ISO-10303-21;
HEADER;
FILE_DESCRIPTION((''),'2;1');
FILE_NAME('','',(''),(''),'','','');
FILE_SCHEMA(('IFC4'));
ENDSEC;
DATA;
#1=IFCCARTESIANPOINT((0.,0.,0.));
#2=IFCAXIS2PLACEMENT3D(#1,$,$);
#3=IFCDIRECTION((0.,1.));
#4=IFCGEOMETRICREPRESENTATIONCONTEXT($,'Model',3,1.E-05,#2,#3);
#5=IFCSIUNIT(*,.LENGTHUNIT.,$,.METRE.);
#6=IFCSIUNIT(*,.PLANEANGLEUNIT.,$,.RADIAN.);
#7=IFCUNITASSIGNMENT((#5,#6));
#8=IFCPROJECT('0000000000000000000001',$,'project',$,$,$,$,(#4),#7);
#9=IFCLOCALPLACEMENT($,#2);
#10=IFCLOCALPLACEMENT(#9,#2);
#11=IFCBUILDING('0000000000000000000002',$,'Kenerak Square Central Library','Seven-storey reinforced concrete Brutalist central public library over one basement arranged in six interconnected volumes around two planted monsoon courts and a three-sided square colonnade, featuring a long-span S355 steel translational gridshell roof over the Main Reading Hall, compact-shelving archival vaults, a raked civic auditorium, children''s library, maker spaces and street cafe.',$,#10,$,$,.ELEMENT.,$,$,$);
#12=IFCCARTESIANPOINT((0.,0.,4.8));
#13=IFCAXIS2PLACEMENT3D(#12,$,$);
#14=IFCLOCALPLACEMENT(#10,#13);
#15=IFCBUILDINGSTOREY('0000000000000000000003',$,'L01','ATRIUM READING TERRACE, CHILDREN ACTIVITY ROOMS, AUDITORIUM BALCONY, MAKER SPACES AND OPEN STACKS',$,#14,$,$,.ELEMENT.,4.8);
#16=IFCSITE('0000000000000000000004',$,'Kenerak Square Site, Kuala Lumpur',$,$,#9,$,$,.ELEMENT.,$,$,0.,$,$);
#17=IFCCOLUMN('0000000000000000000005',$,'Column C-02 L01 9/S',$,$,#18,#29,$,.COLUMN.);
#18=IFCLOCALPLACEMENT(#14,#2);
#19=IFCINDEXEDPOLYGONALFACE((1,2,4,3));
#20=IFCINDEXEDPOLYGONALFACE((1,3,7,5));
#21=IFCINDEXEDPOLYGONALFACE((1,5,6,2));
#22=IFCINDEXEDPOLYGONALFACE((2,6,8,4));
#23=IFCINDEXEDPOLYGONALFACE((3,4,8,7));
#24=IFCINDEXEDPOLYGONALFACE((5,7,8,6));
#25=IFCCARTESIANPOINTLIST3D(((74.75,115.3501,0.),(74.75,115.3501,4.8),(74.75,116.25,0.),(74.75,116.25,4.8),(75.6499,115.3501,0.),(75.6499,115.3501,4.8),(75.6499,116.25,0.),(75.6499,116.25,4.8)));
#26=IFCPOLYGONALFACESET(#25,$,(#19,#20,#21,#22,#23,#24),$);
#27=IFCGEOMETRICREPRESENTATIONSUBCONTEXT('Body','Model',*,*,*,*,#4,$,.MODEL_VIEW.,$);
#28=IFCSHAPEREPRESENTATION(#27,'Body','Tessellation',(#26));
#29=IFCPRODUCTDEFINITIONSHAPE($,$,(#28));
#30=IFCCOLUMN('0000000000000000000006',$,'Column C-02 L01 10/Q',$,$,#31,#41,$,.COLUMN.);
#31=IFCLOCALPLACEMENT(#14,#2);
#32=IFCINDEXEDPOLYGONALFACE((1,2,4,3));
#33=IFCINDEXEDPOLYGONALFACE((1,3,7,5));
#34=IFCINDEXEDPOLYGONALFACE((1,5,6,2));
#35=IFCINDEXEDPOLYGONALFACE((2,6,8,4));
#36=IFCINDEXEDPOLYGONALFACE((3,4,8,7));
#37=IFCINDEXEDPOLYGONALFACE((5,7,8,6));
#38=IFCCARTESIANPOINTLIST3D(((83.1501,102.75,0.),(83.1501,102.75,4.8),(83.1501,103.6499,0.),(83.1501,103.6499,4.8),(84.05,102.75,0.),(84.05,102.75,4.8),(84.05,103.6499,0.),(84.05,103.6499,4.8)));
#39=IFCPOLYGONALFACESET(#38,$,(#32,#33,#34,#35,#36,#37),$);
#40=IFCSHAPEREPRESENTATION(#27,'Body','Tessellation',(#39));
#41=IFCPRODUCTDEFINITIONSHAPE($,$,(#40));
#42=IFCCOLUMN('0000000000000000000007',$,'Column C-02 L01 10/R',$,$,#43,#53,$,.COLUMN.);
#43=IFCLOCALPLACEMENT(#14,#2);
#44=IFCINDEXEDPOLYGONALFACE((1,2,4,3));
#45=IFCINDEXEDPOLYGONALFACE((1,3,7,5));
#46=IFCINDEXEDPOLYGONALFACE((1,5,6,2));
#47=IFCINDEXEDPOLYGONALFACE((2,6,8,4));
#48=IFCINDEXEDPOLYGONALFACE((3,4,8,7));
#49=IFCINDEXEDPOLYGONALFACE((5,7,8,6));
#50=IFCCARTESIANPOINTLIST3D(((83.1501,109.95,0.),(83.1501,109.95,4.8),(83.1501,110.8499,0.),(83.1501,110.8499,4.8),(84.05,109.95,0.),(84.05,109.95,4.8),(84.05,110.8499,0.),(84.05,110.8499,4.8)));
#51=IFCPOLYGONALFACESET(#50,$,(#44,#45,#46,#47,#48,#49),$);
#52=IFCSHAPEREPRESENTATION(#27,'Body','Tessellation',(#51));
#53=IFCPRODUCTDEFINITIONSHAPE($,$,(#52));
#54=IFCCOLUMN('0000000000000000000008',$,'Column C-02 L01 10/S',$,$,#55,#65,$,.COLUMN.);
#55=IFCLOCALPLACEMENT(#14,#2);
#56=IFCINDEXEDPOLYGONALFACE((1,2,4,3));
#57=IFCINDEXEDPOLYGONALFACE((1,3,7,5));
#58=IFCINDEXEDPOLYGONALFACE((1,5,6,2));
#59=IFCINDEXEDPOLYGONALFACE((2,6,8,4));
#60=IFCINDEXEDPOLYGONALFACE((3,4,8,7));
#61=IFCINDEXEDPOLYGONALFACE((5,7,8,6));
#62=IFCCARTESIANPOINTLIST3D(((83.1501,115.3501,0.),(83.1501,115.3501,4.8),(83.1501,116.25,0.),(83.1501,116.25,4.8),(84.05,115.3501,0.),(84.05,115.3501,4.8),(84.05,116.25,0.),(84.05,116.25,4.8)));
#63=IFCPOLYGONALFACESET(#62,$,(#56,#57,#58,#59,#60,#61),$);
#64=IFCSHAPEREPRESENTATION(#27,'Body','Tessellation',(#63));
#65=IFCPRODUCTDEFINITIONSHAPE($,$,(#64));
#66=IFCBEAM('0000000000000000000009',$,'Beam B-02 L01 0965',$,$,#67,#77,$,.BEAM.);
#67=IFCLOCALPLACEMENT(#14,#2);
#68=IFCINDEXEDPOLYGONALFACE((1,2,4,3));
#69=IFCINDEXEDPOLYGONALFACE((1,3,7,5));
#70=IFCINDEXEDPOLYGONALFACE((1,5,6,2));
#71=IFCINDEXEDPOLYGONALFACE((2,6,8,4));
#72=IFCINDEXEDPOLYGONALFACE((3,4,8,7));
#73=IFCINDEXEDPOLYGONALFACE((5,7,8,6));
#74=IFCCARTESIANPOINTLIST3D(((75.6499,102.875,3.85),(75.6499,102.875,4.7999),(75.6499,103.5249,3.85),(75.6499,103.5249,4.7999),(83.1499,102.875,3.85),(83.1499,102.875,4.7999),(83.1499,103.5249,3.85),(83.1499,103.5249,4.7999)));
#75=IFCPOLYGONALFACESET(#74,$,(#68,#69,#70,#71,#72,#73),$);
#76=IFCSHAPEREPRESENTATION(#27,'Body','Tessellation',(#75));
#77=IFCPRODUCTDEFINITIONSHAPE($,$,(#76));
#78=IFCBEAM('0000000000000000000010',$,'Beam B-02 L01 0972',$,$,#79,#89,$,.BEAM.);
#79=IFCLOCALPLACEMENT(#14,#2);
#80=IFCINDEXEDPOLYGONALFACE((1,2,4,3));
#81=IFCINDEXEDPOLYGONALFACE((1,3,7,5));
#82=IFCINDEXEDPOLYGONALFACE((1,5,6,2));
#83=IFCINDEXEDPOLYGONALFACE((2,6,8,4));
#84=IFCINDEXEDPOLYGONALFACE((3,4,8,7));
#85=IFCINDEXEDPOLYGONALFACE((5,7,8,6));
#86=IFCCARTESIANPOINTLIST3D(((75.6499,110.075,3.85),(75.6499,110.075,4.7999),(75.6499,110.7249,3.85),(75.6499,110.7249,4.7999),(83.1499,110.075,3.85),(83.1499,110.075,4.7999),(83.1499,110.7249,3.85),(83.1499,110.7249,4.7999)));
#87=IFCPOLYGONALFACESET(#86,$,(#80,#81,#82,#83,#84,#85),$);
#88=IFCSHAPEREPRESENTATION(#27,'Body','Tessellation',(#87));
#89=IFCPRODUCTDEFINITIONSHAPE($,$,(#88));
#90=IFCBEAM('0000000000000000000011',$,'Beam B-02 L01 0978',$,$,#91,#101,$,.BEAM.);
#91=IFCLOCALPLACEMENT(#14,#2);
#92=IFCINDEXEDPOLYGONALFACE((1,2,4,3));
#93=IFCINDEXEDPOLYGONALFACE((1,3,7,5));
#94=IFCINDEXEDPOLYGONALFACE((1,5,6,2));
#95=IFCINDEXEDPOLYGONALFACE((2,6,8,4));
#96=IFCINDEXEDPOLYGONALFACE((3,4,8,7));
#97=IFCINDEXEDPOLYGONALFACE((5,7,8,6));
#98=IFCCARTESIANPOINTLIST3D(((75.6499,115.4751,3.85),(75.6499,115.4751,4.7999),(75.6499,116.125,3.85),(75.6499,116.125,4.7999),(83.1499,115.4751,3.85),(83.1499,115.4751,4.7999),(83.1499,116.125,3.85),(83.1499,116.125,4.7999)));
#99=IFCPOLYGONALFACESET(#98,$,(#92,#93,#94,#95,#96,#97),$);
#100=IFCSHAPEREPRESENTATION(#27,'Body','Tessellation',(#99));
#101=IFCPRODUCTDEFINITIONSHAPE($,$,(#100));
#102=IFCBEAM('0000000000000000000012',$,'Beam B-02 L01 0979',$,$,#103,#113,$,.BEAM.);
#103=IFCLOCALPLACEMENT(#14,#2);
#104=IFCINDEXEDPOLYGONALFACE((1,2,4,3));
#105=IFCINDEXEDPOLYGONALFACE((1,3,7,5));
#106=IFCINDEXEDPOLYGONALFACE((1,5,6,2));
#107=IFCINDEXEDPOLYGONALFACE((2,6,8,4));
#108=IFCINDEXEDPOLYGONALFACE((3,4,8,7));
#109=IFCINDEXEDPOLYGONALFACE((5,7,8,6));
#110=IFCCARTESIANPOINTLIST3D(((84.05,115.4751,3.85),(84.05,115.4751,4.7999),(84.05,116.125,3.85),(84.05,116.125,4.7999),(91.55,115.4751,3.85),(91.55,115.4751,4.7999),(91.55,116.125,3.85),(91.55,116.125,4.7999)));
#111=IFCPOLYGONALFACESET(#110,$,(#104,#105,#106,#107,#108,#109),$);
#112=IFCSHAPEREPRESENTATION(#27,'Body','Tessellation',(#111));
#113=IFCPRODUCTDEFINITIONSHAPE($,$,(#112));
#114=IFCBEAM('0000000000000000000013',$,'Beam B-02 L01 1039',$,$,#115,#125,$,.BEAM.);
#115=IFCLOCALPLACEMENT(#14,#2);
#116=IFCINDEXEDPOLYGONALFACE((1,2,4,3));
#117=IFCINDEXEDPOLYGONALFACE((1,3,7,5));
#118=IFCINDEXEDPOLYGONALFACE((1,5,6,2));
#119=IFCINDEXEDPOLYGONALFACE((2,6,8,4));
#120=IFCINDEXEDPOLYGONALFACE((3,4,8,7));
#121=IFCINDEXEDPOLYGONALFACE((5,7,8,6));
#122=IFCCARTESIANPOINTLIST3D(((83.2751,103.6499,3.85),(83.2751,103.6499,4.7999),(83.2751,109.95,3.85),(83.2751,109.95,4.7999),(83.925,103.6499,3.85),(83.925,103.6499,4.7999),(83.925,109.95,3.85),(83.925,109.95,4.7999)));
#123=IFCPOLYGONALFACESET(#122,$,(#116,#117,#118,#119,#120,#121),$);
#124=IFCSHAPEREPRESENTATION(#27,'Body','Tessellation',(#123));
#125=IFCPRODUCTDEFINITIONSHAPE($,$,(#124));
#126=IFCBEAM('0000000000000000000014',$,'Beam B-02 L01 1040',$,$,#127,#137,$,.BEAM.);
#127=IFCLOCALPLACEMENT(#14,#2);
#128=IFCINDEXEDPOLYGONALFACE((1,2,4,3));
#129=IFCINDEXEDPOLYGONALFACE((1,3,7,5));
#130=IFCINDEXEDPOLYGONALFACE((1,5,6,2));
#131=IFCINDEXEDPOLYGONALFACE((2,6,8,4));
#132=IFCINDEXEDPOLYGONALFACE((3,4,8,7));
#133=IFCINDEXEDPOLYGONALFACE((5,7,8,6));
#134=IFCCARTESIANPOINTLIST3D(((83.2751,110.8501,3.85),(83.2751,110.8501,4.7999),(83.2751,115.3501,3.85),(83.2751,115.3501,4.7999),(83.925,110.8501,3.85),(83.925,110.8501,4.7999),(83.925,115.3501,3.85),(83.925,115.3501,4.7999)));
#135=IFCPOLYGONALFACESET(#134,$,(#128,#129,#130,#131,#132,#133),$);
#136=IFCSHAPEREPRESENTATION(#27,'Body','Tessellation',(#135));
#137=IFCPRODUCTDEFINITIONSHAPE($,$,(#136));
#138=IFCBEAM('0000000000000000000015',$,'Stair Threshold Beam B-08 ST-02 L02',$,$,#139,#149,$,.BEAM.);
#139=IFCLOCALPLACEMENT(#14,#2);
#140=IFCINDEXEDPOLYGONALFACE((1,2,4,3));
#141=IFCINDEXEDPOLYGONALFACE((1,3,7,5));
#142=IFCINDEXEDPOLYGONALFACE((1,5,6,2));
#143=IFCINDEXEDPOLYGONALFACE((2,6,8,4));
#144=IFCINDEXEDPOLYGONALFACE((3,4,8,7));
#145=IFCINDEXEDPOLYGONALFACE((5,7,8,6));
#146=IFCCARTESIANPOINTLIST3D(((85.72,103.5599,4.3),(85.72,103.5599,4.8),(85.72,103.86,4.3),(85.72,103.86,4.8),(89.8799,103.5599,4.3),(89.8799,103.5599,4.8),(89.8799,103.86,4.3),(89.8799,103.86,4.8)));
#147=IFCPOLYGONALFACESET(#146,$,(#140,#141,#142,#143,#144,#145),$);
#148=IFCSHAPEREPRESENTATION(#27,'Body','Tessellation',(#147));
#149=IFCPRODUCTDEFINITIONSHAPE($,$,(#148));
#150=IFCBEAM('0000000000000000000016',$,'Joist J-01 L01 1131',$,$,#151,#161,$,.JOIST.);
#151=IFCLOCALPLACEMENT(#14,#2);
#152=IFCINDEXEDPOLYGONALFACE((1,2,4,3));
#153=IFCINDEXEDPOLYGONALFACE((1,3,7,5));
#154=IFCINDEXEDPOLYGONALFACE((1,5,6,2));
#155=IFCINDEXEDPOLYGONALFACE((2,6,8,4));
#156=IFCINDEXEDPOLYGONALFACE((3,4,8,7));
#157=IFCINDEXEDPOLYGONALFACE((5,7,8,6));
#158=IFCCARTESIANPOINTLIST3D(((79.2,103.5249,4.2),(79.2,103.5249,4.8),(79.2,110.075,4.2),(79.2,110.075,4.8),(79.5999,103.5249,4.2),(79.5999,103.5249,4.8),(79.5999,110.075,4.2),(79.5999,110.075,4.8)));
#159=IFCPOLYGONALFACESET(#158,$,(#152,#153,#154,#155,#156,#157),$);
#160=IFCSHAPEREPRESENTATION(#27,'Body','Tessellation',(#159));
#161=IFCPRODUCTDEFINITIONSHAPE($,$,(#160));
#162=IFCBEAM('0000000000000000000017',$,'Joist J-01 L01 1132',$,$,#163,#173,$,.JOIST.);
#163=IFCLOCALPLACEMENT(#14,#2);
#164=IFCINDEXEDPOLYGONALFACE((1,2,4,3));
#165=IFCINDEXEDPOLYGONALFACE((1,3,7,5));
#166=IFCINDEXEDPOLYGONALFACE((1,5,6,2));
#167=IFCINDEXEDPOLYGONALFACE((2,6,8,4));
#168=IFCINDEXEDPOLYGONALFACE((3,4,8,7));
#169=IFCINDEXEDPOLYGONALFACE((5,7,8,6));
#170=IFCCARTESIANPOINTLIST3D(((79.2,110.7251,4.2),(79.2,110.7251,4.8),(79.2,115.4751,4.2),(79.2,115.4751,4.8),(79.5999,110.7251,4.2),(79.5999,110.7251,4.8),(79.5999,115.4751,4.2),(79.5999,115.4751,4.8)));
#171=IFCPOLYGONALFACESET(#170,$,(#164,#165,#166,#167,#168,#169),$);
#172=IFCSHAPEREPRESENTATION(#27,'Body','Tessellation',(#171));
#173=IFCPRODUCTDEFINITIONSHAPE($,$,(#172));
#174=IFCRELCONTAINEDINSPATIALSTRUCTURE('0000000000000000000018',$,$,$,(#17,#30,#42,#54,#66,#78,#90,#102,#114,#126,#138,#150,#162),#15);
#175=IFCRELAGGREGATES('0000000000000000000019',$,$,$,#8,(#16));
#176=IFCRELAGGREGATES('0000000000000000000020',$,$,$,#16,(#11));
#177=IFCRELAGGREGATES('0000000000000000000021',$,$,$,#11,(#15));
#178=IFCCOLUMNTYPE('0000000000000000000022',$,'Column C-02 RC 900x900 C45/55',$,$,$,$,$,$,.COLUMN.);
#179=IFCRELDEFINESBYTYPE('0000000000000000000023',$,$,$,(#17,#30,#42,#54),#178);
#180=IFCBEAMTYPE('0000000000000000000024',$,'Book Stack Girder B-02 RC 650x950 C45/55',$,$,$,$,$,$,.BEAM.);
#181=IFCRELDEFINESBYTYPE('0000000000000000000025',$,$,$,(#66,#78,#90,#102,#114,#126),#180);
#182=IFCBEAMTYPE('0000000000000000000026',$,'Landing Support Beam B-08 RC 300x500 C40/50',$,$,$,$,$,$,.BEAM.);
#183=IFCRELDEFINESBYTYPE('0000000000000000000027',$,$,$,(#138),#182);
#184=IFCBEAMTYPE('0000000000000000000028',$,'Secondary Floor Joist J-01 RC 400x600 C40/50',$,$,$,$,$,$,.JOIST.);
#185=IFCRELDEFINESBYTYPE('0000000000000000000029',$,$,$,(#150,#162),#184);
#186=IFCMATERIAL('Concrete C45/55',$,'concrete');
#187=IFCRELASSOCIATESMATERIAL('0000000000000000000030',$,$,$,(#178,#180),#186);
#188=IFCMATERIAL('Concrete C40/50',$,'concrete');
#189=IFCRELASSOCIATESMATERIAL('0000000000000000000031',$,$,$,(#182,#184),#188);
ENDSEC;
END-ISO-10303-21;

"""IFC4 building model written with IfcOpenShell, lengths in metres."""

from ifc_helpers import new_model, si_unit, direction, frame, origin, origin_2d, place, context, subcontext, project, spatial, rectangle, extrude, material, material_profile, profile_set, type_object, element, save


model = new_model("IFC4")

# Units and contexts
model_context = context("Model", 3, precision=1e-05, world=origin(), true_north=direction((0.0, 1.0)))
body_context = subcontext(model_context, "Body", "Model", "MODEL_VIEW")
ifc_project = project(units=[si_unit("LENGTHUNIT", "METRE"), si_unit("PLANEANGLEUNIT", "RADIAN")], contexts=[model_context])

# Site, building, storey
site_placement = place(None, origin())
site = spatial("IfcSite", under=ifc_project, at=site_placement, Name="Kenerak Square Site, Kuala Lumpur", CompositionType="ELEMENT", RefElevation=0.0)
building_placement = place(site_placement, origin())
building = spatial("IfcBuilding", under=site, at=building_placement, Name="Kenerak Square Central Library", Description="Seven-storey reinforced concrete Brutalist central public library over one basement arranged in six interconnected volumes around two planted monsoon courts and a three-sided square colonnade, featuring a long-span S355 steel translational gridshell roof over the Main Reading Hall, compact-shelving archival vaults, a raked civic auditorium, children's library, maker spaces and street cafe.", CompositionType="ELEMENT")
storey_placement = place(building_placement, frame((0.0, 0.0, 4.8)))
storey = spatial("IfcBuildingStorey", under=building, at=storey_placement, Name="L01", Description="ATRIUM READING TERRACE, CHILDREN ACTIVITY ROOMS, AUDITORIUM BALCONY, MAKER SPACES AND OPEN STACKS", CompositionType="ELEMENT", Elevation=4.8)

# Columns
ifc_material_1 = material(Name="Concrete C45/55", Category="concrete")
ifc_material_profile_1 = material_profile(ifc_material_1, rectangle(XDim=0.8999, YDim=0.8999, at=origin_2d()), Name="RC 900x900")
ifc_profile_set_1 = profile_set([ifc_material_profile_1], Name="Concrete C45/55")
column_type = type_object("IfcColumnType", Name="Column C-02 RC 900x900 C45/55", PredefinedType="COLUMN", material=ifc_profile_set_1)
for number, where, z_axis, x_axis, name in (
    (1, (75.2, 115.8, 0.0), (0.0, 0.0, 1.0), (1.0, 0.0, 0.0), "Column C-02 L01 9/S"),
    (2, (83.6001, 103.2, 0.0), (0.0, 0.0, 1.0), (1.0, 0.0, 0.0), "Column C-02 L01 10/Q"),
    (3, (83.6001, 110.3999, 0.0), (0.0, 0.0, 1.0), (1.0, 0.0, 0.0), "Column C-02 L01 10/R"),
    (4, (83.6001, 115.8, 0.0), (0.0, 0.0, 1.0), (1.0, 0.0, 0.0), "Column C-02 L01 10/S"),
):
    element("IfcColumn", number, at=place(storey_placement, frame(where, z_axis=z_axis, x_axis=x_axis)), inside=storey, type_object=column_type, Name=name, PredefinedType="COLUMN", context=body_context, shape_type="SweptSolid", body=[
        extrude(rectangle(XDim=0.8999, YDim=0.8999, at=origin_2d()), origin(), (0.0, 0.0, 1.0), 4.8),
    ])

# Beams
ifc_material_profile_2 = material_profile(ifc_material_1, rectangle(XDim=0.6499, YDim=0.95, at=origin_2d()), Name="RC 650x950")
ifc_profile_set_2 = profile_set([ifc_material_profile_2], Name="Concrete C45/55")
beam_type_1 = type_object("IfcBeamType", Name="Book Stack Girder B-02 RC 650x950 C45/55", PredefinedType="BEAM", material=ifc_profile_set_2)
for number, where, z_axis, x_axis, name in (
    (5, (75.6499, 103.2, 4.325), (1.0, 0.0, 0.0), (0.0, 1.0, 0.0), "Beam B-02 L01 0965"),
    (6, (75.6499, 110.3999, 4.325), (1.0, 0.0, 0.0), (0.0, 1.0, 0.0), "Beam B-02 L01 0972"),
    (7, (75.6499, 115.8, 4.325), (1.0, 0.0, 0.0), (0.0, 1.0, 0.0), "Beam B-02 L01 0978"),
    (8, (84.05, 115.8, 4.325), (1.0, 0.0, 0.0), (0.0, 1.0, 0.0), "Beam B-02 L01 0979"),
):
    element("IfcBeam", number, at=place(storey_placement, frame(where, z_axis=z_axis, x_axis=x_axis)), inside=storey, type_object=beam_type_1, Name=name, PredefinedType="BEAM", context=body_context, shape_type="SweptSolid", body=[
        extrude(rectangle(XDim=0.6499, YDim=0.95, at=origin_2d()), origin(), (0.0, 0.0, 1.0), 7.5),
    ])
beam_1_placement = place(storey_placement, frame((83.6001, 103.6499, 4.325), z_axis=(0.0, 1.0, 0.0), x_axis=(-1.0, 0.0, 0.0)))
element("IfcBeam", 9, at=beam_1_placement, inside=storey, type_object=beam_type_1, Name="Beam B-02 L01 1039", PredefinedType="BEAM", context=body_context, shape_type="SweptSolid", body=[
    extrude(rectangle(XDim=0.6499, YDim=0.95, at=origin_2d()), origin(), (0.0, 0.0, 1.0), 6.3),
])
beam_2_placement = place(storey_placement, frame((83.6001, 110.8501, 4.325), z_axis=(0.0, 1.0, 0.0), x_axis=(-1.0, 0.0, 0.0)))
element("IfcBeam", 10, at=beam_2_placement, inside=storey, type_object=beam_type_1, Name="Beam B-02 L01 1040", PredefinedType="BEAM", context=body_context, shape_type="SweptSolid", body=[
    extrude(rectangle(XDim=0.6499, YDim=0.95, at=origin_2d()), origin(), (0.0, 0.0, 1.0), 4.5),
])
ifc_material_2 = material(Name="Concrete C40/50", Category="concrete")
ifc_material_profile_3 = material_profile(ifc_material_2, rectangle(XDim=0.3, YDim=0.5, at=origin_2d()), Name="RC 300x500")
ifc_profile_set_3 = profile_set([ifc_material_profile_3], Name="Concrete C40/50")
beam_type_2 = type_object("IfcBeamType", Name="Landing Support Beam B-08 RC 300x500 C40/50", PredefinedType="BEAM", material=ifc_profile_set_3)
beam_3_placement = place(storey_placement, frame((85.72, 103.71, 4.55), z_axis=(1.0, 0.0, 0.0), x_axis=(0.0, 1.0, 0.0)))
element("IfcBeam", 11, at=beam_3_placement, inside=storey, type_object=beam_type_2, Name="Stair Threshold Beam B-08 ST-02 L02", PredefinedType="BEAM", context=body_context, shape_type="SweptSolid", body=[
    extrude(rectangle(XDim=0.3, YDim=0.5, at=origin_2d()), origin(), (0.0, 0.0, 1.0), 4.1599),
])
ifc_material_profile_4 = material_profile(ifc_material_2, rectangle(XDim=0.3999, YDim=0.6001, at=origin_2d()), Name="RC 400x600")
ifc_profile_set_4 = profile_set([ifc_material_profile_4], Name="Concrete C40/50")
beam_type_3 = type_object("IfcBeamType", Name="Secondary Floor Joist J-01 RC 400x600 C40/50", PredefinedType="JOIST", material=ifc_profile_set_4)
beam_4_placement = place(storey_placement, frame((79.3999, 103.5249, 4.5), z_axis=(0.0, 1.0, 0.0), x_axis=(-1.0, 0.0, 0.0)))
element("IfcBeam", 12, at=beam_4_placement, inside=storey, type_object=beam_type_3, Name="Joist J-01 L01 1131", PredefinedType="JOIST", context=body_context, shape_type="SweptSolid", body=[
    extrude(rectangle(XDim=0.3999, YDim=0.6001, at=origin_2d()), origin(), (0.0, 0.0, 1.0), 6.55),
])
beam_5_placement = place(storey_placement, frame((79.3999, 110.7251, 4.5), z_axis=(0.0, 1.0, 0.0), x_axis=(-1.0, 0.0, 0.0)))
element("IfcBeam", 13, at=beam_5_placement, inside=storey, type_object=beam_type_3, Name="Joist J-01 L01 1132", PredefinedType="JOIST", context=body_context, shape_type="SweptSolid", body=[
    extrude(rectangle(XDim=0.3999, YDim=0.6001, at=origin_2d()), origin(), (0.0, 0.0, 1.0), 4.75),
])

save(model, "model.ifc")
